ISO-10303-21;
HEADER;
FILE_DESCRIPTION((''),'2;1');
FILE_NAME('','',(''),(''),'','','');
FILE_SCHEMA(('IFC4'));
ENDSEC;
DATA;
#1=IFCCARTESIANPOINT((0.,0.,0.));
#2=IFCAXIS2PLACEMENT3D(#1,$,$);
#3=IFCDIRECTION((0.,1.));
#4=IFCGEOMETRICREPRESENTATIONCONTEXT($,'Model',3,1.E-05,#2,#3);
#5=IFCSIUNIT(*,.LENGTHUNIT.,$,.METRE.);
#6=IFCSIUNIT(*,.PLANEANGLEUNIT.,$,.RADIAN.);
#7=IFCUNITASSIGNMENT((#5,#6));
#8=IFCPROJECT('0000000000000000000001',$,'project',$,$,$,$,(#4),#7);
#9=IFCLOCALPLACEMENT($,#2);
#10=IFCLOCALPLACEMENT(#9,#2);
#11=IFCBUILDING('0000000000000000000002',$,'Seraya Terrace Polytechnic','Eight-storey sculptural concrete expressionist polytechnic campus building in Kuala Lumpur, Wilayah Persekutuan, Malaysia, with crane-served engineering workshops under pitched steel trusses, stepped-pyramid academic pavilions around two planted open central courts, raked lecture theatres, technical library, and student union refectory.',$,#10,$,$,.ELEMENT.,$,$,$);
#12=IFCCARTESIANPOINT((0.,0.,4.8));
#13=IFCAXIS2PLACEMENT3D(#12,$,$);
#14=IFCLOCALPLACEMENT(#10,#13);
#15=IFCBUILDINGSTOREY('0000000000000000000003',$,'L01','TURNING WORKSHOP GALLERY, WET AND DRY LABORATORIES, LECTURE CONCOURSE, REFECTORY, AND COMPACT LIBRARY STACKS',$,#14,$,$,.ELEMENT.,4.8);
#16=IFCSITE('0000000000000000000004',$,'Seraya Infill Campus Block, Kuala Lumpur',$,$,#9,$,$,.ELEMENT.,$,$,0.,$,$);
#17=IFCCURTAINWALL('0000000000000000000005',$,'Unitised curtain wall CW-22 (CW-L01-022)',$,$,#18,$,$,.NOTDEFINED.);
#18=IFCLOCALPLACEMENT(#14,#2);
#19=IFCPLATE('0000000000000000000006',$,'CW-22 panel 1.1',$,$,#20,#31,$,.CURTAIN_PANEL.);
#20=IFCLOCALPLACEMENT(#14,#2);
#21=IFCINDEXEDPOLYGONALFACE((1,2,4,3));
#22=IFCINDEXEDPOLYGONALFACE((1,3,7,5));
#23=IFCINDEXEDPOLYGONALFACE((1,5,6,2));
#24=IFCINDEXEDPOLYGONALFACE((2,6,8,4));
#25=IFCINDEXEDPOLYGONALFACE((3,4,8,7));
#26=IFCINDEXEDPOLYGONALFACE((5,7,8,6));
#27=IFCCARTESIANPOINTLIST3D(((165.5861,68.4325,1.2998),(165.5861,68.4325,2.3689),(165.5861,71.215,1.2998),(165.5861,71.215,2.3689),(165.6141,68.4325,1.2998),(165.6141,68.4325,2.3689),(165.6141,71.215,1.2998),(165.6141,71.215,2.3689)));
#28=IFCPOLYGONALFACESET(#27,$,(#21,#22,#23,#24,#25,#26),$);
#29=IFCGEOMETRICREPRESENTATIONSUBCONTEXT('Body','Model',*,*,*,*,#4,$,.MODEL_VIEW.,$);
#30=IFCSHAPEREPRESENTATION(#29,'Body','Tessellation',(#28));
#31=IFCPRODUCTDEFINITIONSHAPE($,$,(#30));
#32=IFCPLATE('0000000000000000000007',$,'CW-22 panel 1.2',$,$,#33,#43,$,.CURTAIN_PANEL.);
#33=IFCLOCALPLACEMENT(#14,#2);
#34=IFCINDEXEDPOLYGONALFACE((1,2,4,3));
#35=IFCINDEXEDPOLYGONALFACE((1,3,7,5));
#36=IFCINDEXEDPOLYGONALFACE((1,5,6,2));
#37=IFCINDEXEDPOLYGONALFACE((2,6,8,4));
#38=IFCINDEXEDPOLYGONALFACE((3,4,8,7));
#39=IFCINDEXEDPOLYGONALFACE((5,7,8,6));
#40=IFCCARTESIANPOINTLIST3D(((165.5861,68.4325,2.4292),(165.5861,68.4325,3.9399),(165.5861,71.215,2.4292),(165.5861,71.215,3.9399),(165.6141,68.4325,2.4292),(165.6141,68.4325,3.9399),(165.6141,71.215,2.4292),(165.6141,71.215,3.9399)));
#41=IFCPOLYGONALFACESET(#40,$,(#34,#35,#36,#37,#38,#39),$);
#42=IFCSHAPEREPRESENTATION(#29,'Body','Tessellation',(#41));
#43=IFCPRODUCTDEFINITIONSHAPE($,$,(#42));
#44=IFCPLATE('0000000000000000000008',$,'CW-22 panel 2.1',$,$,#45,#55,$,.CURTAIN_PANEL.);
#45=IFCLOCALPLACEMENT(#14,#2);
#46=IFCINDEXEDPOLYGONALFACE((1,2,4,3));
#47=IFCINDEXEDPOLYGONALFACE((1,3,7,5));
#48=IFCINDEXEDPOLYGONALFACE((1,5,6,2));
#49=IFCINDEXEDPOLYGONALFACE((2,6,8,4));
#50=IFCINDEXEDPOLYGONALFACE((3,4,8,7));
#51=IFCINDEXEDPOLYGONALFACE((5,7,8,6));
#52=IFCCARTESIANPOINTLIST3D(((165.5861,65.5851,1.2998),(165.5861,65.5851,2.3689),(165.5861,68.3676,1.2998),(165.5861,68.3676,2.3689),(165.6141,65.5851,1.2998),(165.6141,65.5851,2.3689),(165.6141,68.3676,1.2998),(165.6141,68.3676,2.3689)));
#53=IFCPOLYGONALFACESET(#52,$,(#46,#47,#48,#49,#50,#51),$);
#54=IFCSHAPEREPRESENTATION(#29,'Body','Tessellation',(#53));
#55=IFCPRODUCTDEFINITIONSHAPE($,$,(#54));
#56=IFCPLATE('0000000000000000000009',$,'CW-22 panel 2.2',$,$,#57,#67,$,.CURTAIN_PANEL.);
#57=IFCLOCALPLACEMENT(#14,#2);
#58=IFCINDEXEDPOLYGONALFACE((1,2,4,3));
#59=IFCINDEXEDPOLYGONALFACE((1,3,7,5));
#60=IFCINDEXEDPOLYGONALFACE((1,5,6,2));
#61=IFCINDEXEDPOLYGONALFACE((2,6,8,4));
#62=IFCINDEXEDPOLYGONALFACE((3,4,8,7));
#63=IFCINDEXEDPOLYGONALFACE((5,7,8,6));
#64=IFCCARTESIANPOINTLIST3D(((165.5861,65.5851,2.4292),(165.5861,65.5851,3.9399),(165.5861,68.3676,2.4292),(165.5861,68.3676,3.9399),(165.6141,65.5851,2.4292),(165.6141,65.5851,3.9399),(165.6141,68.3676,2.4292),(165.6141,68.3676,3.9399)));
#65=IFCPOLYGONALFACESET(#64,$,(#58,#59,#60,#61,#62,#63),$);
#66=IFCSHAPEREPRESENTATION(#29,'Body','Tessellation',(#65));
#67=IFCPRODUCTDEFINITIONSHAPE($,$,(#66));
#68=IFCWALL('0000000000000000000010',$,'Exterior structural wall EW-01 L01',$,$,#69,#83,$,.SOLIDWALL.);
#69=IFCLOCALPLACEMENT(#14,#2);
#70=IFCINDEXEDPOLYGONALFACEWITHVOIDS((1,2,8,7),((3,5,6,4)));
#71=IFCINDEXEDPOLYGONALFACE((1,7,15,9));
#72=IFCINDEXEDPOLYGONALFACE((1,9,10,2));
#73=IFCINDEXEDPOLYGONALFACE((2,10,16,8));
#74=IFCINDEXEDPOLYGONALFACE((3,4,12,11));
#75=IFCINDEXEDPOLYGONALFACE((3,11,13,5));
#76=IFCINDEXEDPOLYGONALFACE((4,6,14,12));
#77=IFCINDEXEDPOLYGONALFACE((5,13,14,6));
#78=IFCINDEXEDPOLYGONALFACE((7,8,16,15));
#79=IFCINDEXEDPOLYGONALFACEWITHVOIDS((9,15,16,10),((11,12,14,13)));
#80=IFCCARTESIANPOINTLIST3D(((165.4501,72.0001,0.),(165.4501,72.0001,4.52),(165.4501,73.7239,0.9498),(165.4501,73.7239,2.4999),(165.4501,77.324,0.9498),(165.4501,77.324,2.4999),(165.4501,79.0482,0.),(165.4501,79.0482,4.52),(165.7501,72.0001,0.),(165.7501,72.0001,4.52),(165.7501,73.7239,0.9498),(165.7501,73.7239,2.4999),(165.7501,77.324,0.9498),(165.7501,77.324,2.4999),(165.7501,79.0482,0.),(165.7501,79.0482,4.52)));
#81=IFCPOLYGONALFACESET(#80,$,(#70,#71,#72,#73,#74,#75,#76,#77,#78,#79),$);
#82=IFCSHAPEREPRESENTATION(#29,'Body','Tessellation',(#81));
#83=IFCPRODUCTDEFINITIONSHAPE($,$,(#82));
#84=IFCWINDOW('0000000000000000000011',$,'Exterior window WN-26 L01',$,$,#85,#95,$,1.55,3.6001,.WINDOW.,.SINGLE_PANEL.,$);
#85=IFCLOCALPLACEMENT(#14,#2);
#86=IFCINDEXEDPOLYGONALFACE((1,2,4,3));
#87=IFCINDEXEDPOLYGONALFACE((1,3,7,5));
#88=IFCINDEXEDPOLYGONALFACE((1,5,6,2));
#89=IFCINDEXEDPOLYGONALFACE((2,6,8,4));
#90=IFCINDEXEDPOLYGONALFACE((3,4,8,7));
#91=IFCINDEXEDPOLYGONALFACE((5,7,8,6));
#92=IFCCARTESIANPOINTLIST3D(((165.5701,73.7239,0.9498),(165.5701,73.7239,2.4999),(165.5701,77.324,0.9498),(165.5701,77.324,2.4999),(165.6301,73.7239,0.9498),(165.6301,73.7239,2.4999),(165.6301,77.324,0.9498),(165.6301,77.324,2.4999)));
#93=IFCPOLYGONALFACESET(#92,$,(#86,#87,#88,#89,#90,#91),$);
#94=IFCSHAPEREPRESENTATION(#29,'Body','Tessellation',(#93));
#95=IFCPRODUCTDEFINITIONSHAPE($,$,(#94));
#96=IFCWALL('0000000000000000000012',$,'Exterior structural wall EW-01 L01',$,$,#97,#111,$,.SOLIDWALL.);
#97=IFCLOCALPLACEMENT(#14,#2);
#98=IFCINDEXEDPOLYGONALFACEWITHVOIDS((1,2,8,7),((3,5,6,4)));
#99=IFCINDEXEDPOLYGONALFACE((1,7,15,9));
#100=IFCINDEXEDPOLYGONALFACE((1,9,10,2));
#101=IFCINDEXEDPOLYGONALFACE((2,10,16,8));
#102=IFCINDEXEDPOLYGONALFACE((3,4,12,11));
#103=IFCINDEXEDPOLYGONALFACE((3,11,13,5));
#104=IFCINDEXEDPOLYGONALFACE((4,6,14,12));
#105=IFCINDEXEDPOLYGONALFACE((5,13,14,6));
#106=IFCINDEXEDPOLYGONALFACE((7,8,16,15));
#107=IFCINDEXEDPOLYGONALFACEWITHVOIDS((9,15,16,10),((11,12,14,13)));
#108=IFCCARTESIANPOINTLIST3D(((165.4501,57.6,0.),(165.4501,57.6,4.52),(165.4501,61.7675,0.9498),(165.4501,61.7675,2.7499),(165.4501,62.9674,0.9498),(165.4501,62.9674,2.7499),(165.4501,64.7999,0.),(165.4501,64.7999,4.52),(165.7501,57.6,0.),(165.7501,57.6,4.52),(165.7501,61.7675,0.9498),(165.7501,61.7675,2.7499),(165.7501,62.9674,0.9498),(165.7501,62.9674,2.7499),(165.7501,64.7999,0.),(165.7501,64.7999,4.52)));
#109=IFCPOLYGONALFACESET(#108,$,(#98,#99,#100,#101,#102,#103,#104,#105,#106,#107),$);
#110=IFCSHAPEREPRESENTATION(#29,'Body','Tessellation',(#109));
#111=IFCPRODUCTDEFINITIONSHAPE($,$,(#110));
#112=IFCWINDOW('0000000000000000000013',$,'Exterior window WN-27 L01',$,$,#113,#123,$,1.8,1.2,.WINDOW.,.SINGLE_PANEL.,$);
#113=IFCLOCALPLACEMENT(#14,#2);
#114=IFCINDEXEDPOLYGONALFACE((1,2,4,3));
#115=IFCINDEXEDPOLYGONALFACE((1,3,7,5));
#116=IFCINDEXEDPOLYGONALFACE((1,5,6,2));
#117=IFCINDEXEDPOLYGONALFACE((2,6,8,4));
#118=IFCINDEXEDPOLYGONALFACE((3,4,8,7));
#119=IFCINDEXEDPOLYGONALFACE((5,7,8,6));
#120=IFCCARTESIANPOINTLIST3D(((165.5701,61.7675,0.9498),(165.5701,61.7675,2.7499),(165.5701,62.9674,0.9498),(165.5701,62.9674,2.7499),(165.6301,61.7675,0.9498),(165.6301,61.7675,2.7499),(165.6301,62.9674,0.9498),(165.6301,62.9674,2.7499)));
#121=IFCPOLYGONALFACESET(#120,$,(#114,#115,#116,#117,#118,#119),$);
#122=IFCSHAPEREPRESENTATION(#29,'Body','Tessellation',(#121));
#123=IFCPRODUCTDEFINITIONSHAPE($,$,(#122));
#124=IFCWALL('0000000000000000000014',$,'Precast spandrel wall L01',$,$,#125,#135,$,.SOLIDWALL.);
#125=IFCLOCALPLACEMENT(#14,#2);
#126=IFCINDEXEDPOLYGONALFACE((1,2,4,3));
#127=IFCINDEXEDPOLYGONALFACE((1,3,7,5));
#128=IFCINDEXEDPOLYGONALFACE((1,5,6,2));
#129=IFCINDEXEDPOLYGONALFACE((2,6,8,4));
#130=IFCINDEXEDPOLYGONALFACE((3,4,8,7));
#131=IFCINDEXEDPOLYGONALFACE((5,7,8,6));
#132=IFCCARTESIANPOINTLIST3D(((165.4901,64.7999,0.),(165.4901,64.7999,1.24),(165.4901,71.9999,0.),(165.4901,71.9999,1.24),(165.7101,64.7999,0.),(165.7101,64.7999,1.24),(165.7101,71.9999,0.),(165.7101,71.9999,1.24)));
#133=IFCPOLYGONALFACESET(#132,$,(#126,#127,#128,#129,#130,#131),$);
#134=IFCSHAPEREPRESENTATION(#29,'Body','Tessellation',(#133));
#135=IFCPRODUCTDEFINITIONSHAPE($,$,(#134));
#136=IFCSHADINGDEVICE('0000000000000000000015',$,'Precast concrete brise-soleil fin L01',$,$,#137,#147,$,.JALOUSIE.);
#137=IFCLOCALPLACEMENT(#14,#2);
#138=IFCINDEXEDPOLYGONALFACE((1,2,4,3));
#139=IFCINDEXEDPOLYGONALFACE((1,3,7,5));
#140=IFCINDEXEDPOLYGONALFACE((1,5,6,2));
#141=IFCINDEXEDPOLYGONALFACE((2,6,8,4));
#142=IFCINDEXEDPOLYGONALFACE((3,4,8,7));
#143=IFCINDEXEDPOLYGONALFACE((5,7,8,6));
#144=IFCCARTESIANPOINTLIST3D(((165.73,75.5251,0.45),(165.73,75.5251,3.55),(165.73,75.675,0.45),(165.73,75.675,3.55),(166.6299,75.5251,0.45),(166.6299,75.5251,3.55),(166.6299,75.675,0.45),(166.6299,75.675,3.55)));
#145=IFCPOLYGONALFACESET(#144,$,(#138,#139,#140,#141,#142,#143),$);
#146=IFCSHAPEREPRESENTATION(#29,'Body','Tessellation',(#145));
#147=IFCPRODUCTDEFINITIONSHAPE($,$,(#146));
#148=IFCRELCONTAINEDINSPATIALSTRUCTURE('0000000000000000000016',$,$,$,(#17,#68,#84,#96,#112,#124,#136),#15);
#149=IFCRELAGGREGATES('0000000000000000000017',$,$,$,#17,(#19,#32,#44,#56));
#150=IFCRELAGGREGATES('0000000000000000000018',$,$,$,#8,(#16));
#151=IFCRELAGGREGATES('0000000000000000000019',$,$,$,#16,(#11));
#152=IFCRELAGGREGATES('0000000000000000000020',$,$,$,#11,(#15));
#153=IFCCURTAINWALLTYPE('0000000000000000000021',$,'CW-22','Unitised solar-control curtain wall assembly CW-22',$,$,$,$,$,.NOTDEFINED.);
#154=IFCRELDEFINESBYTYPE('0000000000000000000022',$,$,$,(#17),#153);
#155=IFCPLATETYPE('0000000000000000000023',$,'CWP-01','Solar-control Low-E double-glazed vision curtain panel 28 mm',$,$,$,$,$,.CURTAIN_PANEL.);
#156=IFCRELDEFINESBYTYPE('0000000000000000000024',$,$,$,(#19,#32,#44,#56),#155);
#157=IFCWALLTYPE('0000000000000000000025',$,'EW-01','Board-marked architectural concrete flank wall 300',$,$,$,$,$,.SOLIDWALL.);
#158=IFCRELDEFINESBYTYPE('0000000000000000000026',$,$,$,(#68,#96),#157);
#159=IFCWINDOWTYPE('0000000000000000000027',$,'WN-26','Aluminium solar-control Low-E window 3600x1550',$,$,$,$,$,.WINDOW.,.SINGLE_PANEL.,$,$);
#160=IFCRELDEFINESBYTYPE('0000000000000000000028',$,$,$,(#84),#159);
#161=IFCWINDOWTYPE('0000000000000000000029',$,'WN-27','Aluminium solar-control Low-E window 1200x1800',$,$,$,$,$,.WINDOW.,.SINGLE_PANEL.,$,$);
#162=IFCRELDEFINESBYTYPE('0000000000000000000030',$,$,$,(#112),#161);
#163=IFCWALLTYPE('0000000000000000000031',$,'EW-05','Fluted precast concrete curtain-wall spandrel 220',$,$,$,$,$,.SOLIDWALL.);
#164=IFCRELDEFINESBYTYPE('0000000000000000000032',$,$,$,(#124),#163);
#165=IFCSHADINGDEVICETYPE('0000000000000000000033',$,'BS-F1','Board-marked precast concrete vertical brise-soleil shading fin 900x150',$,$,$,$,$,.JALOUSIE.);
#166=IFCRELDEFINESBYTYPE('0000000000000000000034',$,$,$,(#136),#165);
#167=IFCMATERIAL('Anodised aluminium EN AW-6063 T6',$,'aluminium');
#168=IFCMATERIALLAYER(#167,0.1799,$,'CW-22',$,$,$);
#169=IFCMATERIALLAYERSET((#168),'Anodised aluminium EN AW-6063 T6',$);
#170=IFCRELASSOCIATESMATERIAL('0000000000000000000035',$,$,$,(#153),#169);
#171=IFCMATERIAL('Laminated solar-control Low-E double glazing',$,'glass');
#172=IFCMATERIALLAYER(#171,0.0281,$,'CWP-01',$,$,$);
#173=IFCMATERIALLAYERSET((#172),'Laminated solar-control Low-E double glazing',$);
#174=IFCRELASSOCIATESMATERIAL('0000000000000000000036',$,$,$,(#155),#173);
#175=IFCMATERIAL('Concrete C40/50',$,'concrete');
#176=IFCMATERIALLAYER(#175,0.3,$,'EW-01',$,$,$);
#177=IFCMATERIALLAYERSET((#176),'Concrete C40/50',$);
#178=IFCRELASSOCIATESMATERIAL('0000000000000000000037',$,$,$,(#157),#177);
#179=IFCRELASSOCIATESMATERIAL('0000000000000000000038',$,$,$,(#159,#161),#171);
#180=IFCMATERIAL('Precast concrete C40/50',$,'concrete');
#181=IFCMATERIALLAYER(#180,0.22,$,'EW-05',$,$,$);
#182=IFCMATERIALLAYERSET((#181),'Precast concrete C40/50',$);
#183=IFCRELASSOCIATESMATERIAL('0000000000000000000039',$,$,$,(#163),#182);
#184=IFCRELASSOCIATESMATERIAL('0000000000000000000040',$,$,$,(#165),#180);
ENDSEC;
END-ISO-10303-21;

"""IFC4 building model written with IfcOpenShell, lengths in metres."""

from ifc_helpers import new_model, si_unit, direction, frame, frame_2d, origin, origin_2d, place, context, subcontext, project, spatial, rectangle, extrude, material, layer, layer_set, type_object, element, fill, aggregate, save


model = new_model("IFC4")

# Units and contexts
model_context = context("Model", 3, precision=1e-05, world=origin(), true_north=direction((0.0, 1.0)))
body_context = subcontext(model_context, "Body", "Model", "MODEL_VIEW")
ifc_project = project(units=[si_unit("LENGTHUNIT", "METRE"), si_unit("PLANEANGLEUNIT", "RADIAN")], contexts=[model_context])

# Site, building, storey
site_placement = place(None, origin())
site = spatial("IfcSite", under=ifc_project, at=site_placement, Name="Seraya Infill Campus Block, Kuala Lumpur", CompositionType="ELEMENT", RefElevation=0.0)
building_placement = place(site_placement, origin())
building = spatial("IfcBuilding", under=site, at=building_placement, Name="Seraya Terrace Polytechnic", Description="Eight-storey sculptural concrete expressionist polytechnic campus building in Kuala Lumpur, Wilayah Persekutuan, Malaysia, with crane-served engineering workshops under pitched steel trusses, stepped-pyramid academic pavilions around two planted open central courts, raked lecture theatres, technical library, and student union refectory.", CompositionType="ELEMENT")
storey_placement = place(building_placement, frame((0.0, 0.0, 4.8)))
storey = spatial("IfcBuildingStorey", under=building, at=storey_placement, Name="L01", Description="TURNING WORKSHOP GALLERY, WET AND DRY LABORATORIES, LECTURE CONCOURSE, REFECTORY, AND COMPACT LIBRARY STACKS", CompositionType="ELEMENT", Elevation=4.8)

# Shared definitions
ifc_material_1 = material(Name="Concrete C40/50", Category="concrete")

# Curtain wall
ifc_material_2 = material(Name="Anodised aluminium EN AW-6063 T6", Category="aluminium")
ifc_layer_1 = layer(ifc_material_2, 0.1799, Name="CW-22")
ifc_layer_set_1 = layer_set([ifc_layer_1], Name="Anodised aluminium EN AW-6063 T6")
curtain_wall_type = type_object("IfcCurtainWallType", Name="CW-22", Description="Unitised solar-control curtain wall assembly CW-22", PredefinedType="NOTDEFINED", material=ifc_layer_set_1)
curtain_wall_placement = place(storey_placement, origin())
curtain_wall = element("IfcCurtainWall", 1, at=curtain_wall_placement, inside=storey, type_object=curtain_wall_type, Name="Unitised curtain wall CW-22 (CW-L01-022)", PredefinedType="NOTDEFINED")

# Plates
ifc_material_3 = material(Name="Laminated solar-control Low-E double glazing", Category="glass")
ifc_layer_2 = layer(ifc_material_3, 0.0281, Name="CWP-01")
ifc_layer_set_2 = layer_set([ifc_layer_2], Name="Laminated solar-control Low-E double glazing")
plate_type = type_object("IfcPlateType", Name="CWP-01", Description="Solar-control Low-E double-glazed vision curtain panel 28 mm", PredefinedType="CURTAIN_PANEL", material=ifc_layer_set_2)
plate_1_placement = place(storey_placement, frame((165.6001, 69.8237, 1.2998), z_axis=(0.0, 0.0, 1.0), x_axis=(0.0, -1.0, 0.0)))
plate_1 = element("IfcPlate", 2, at=plate_1_placement, type_object=plate_type, Name="CW-22 panel 1.1", PredefinedType="CURTAIN_PANEL", context=body_context, shape_type="SweptSolid", body=[
    extrude(rectangle(XDim=2.7825, YDim=0.0281, at=origin_2d()), origin(), (0.0, 0.0, 1.0), 1.0691),
])
plate_2_placement = place(storey_placement, frame((165.6001, 69.8237, 2.4292), z_axis=(0.0, 0.0, 1.0), x_axis=(0.0, -1.0, 0.0)))
plate_2 = element("IfcPlate", 3, at=plate_2_placement, type_object=plate_type, Name="CW-22 panel 1.2", PredefinedType="CURTAIN_PANEL", context=body_context, shape_type="SweptSolid", body=[
    extrude(rectangle(XDim=2.7825, YDim=0.0281, at=origin_2d()), origin(), (0.0, 0.0, 1.0), 1.5107),
])
plate_3_placement = place(storey_placement, frame((165.6001, 66.9763, 1.2998), z_axis=(0.0, 0.0, 1.0), x_axis=(0.0, -1.0, 0.0)))
plate_3 = element("IfcPlate", 4, at=plate_3_placement, type_object=plate_type, Name="CW-22 panel 2.1", PredefinedType="CURTAIN_PANEL", context=body_context, shape_type="SweptSolid", body=[
    extrude(rectangle(XDim=2.7825, YDim=0.0281, at=origin_2d()), origin(), (0.0, 0.0, 1.0), 1.0691),
])
plate_4_placement = place(storey_placement, frame((165.6001, 66.9763, 2.4292), z_axis=(0.0, 0.0, 1.0), x_axis=(0.0, -1.0, 0.0)))
plate_4 = element("IfcPlate", 5, at=plate_4_placement, type_object=plate_type, Name="CW-22 panel 2.2", PredefinedType="CURTAIN_PANEL", context=body_context, shape_type="SweptSolid", body=[
    extrude(rectangle(XDim=2.7825, YDim=0.0281, at=origin_2d()), origin(), (0.0, 0.0, 1.0), 1.5107),
])
aggregate(curtain_wall, [plate_1, plate_2, plate_3, plate_4])

# Walls, openings, windows
ifc_layer_3 = layer(ifc_material_1, 0.3, Name="EW-01")
ifc_layer_set_3 = layer_set([ifc_layer_3], Name="Concrete C40/50")
wall_type_1 = type_object("IfcWallType", Name="EW-01", Description="Board-marked architectural concrete flank wall 300", PredefinedType="SOLIDWALL", material=ifc_layer_set_3)
wall_1_placement = place(storey_placement, frame((165.6001, 79.0481, 0.0), z_axis=(0.0, 0.0, 1.0), x_axis=(0.0, -1.0, 0.0)))
wall_1 = element("IfcWall", 6, at=wall_1_placement, inside=storey, type_object=wall_type_1, Name="Exterior structural wall EW-01 L01", PredefinedType="SOLIDWALL", context=body_context, shape_type="SweptSolid", body=[
    extrude(rectangle(XDim=7.0481, YDim=0.3, at=frame_2d((3.5239, 0.0))), origin(), (0.0, 0.0, 1.0), 4.52),
])
opening_1_placement = place(wall_1_placement, frame((1.7241, 0.0, 0.95)))
opening_1 = element("IfcOpeningElement", 7, at=opening_1_placement, cuts=wall_1, PredefinedType="OPENING", context=body_context, shape_type="SweptSolid", body=[
    extrude(rectangle(XDim=3.6001, YDim=1.55, at=frame_2d((1.8, 0.7749))), frame((0.0, 0.1621, 0.0), z_axis=(0.0, -1.0, 0.0), x_axis=(1.0, 0.0, 0.0)), (0.0, 0.0, 1.0), 0.324),
])
window_type_1 = type_object("IfcWindowType", Name="WN-26", Description="Aluminium solar-control Low-E window 3600x1550", PartitioningType="SINGLE_PANEL", PredefinedType="WINDOW", material=ifc_material_3)
window_1_placement = place(opening_1_placement, origin())
window_1 = element("IfcWindow", 8, at=window_1_placement, inside=storey, type_object=window_type_1, Name="Exterior window WN-26 L01", OverallHeight=1.55, OverallWidth=3.6001, PartitioningType="SINGLE_PANEL", PredefinedType="WINDOW", context=body_context, shape_type="SweptSolid", body=[
    extrude(rectangle(XDim=3.6001, YDim=1.55, at=frame_2d((1.8, 0.7749))), frame((0.0, 0.03, 0.0), z_axis=(0.0, -1.0, 0.0), x_axis=(1.0, 0.0, 0.0)), (0.0, 0.0, 1.0), 0.0601),
])
fill(opening_1, window_1)
wall_2_placement = place(storey_placement, frame((165.6001, 64.8, 0.0), z_axis=(0.0, 0.0, 1.0), x_axis=(0.0, -1.0, 0.0)))
wall_2 = element("IfcWall", 9, at=wall_2_placement, inside=storey, type_object=wall_type_1, Name="Exterior structural wall EW-01 L01", PredefinedType="SOLIDWALL", context=body_context, shape_type="SweptSolid", body=[
    extrude(rectangle(XDim=7.2, YDim=0.3, at=frame_2d((3.6001, 0.0))), origin(), (0.0, 0.0, 1.0), 4.52),
])
opening_2_placement = place(wall_2_placement, frame((1.8325, 0.0, 0.95)))
opening_2 = element("IfcOpeningElement", 10, at=opening_2_placement, cuts=wall_2, PredefinedType="OPENING", context=body_context, shape_type="SweptSolid", body=[
    extrude(rectangle(XDim=1.2, YDim=1.8, at=frame_2d((0.6001, 0.8999))), frame((0.0, 0.1621, 0.0), z_axis=(0.0, -1.0, 0.0), x_axis=(1.0, 0.0, 0.0)), (0.0, 0.0, 1.0), 0.324),
])
window_type_2 = type_object("IfcWindowType", Name="WN-27", Description="Aluminium solar-control Low-E window 1200x1800", PartitioningType="SINGLE_PANEL", PredefinedType="WINDOW", material=ifc_material_3)
window_2_placement = place(opening_2_placement, origin())
window_2 = element("IfcWindow", 11, at=window_2_placement, inside=storey, type_object=window_type_2, Name="Exterior window WN-27 L01", OverallHeight=1.8, OverallWidth=1.2, PartitioningType="SINGLE_PANEL", PredefinedType="WINDOW", context=body_context, shape_type="SweptSolid", body=[
    extrude(rectangle(XDim=1.2, YDim=1.8, at=frame_2d((0.6001, 0.8999))), frame((0.0, 0.03, 0.0), z_axis=(0.0, -1.0, 0.0), x_axis=(1.0, 0.0, 0.0)), (0.0, 0.0, 1.0), 0.0601),
])
fill(opening_2, window_2)

# Wall
ifc_material_4 = material(Name="Precast concrete C40/50", Category="concrete")
ifc_layer_4 = layer(ifc_material_4, 0.22, Name="EW-05")
ifc_layer_set_4 = layer_set([ifc_layer_4], Name="Precast concrete C40/50")
wall_type_2 = type_object("IfcWallType", Name="EW-05", Description="Fluted precast concrete curtain-wall spandrel 220", PredefinedType="SOLIDWALL", material=ifc_layer_set_4)
wall_3_placement = place(storey_placement, frame((165.6001, 72.0, 0.0), z_axis=(0.0, 0.0, 1.0), x_axis=(0.0, -1.0, 0.0)))
element("IfcWall", 12, at=wall_3_placement, inside=storey, type_object=wall_type_2, Name="Precast spandrel wall L01", PredefinedType="SOLIDWALL", context=body_context, shape_type="SweptSolid", body=[
    extrude(rectangle(XDim=7.2, YDim=0.22, at=frame_2d((3.6001, 0.0))), origin(), (0.0, 0.0, 1.0), 1.24),
])

# Shading device
shading_device_type = type_object("IfcShadingDeviceType", Name="BS-F1", Description="Board-marked precast concrete vertical brise-soleil shading fin 900x150", PredefinedType="JALOUSIE", material=ifc_material_4)
shading_device_placement = place(storey_placement, frame((166.1799, 75.6001, 0.45), z_axis=(0.0, 0.0, 1.0), x_axis=(1.0, 0.0, 0.0)))
element("IfcShadingDevice", 13, at=shading_device_placement, inside=storey, type_object=shading_device_type, Name="Precast concrete brise-soleil fin L01", PredefinedType="JALOUSIE", context=body_context, shape_type="SweptSolid", body=[
    extrude(rectangle(XDim=0.8999, YDim=0.1499, at=origin_2d()), origin(), (0.0, 0.0, 1.0), 3.1001),
])

save(model, "model.ifc")
